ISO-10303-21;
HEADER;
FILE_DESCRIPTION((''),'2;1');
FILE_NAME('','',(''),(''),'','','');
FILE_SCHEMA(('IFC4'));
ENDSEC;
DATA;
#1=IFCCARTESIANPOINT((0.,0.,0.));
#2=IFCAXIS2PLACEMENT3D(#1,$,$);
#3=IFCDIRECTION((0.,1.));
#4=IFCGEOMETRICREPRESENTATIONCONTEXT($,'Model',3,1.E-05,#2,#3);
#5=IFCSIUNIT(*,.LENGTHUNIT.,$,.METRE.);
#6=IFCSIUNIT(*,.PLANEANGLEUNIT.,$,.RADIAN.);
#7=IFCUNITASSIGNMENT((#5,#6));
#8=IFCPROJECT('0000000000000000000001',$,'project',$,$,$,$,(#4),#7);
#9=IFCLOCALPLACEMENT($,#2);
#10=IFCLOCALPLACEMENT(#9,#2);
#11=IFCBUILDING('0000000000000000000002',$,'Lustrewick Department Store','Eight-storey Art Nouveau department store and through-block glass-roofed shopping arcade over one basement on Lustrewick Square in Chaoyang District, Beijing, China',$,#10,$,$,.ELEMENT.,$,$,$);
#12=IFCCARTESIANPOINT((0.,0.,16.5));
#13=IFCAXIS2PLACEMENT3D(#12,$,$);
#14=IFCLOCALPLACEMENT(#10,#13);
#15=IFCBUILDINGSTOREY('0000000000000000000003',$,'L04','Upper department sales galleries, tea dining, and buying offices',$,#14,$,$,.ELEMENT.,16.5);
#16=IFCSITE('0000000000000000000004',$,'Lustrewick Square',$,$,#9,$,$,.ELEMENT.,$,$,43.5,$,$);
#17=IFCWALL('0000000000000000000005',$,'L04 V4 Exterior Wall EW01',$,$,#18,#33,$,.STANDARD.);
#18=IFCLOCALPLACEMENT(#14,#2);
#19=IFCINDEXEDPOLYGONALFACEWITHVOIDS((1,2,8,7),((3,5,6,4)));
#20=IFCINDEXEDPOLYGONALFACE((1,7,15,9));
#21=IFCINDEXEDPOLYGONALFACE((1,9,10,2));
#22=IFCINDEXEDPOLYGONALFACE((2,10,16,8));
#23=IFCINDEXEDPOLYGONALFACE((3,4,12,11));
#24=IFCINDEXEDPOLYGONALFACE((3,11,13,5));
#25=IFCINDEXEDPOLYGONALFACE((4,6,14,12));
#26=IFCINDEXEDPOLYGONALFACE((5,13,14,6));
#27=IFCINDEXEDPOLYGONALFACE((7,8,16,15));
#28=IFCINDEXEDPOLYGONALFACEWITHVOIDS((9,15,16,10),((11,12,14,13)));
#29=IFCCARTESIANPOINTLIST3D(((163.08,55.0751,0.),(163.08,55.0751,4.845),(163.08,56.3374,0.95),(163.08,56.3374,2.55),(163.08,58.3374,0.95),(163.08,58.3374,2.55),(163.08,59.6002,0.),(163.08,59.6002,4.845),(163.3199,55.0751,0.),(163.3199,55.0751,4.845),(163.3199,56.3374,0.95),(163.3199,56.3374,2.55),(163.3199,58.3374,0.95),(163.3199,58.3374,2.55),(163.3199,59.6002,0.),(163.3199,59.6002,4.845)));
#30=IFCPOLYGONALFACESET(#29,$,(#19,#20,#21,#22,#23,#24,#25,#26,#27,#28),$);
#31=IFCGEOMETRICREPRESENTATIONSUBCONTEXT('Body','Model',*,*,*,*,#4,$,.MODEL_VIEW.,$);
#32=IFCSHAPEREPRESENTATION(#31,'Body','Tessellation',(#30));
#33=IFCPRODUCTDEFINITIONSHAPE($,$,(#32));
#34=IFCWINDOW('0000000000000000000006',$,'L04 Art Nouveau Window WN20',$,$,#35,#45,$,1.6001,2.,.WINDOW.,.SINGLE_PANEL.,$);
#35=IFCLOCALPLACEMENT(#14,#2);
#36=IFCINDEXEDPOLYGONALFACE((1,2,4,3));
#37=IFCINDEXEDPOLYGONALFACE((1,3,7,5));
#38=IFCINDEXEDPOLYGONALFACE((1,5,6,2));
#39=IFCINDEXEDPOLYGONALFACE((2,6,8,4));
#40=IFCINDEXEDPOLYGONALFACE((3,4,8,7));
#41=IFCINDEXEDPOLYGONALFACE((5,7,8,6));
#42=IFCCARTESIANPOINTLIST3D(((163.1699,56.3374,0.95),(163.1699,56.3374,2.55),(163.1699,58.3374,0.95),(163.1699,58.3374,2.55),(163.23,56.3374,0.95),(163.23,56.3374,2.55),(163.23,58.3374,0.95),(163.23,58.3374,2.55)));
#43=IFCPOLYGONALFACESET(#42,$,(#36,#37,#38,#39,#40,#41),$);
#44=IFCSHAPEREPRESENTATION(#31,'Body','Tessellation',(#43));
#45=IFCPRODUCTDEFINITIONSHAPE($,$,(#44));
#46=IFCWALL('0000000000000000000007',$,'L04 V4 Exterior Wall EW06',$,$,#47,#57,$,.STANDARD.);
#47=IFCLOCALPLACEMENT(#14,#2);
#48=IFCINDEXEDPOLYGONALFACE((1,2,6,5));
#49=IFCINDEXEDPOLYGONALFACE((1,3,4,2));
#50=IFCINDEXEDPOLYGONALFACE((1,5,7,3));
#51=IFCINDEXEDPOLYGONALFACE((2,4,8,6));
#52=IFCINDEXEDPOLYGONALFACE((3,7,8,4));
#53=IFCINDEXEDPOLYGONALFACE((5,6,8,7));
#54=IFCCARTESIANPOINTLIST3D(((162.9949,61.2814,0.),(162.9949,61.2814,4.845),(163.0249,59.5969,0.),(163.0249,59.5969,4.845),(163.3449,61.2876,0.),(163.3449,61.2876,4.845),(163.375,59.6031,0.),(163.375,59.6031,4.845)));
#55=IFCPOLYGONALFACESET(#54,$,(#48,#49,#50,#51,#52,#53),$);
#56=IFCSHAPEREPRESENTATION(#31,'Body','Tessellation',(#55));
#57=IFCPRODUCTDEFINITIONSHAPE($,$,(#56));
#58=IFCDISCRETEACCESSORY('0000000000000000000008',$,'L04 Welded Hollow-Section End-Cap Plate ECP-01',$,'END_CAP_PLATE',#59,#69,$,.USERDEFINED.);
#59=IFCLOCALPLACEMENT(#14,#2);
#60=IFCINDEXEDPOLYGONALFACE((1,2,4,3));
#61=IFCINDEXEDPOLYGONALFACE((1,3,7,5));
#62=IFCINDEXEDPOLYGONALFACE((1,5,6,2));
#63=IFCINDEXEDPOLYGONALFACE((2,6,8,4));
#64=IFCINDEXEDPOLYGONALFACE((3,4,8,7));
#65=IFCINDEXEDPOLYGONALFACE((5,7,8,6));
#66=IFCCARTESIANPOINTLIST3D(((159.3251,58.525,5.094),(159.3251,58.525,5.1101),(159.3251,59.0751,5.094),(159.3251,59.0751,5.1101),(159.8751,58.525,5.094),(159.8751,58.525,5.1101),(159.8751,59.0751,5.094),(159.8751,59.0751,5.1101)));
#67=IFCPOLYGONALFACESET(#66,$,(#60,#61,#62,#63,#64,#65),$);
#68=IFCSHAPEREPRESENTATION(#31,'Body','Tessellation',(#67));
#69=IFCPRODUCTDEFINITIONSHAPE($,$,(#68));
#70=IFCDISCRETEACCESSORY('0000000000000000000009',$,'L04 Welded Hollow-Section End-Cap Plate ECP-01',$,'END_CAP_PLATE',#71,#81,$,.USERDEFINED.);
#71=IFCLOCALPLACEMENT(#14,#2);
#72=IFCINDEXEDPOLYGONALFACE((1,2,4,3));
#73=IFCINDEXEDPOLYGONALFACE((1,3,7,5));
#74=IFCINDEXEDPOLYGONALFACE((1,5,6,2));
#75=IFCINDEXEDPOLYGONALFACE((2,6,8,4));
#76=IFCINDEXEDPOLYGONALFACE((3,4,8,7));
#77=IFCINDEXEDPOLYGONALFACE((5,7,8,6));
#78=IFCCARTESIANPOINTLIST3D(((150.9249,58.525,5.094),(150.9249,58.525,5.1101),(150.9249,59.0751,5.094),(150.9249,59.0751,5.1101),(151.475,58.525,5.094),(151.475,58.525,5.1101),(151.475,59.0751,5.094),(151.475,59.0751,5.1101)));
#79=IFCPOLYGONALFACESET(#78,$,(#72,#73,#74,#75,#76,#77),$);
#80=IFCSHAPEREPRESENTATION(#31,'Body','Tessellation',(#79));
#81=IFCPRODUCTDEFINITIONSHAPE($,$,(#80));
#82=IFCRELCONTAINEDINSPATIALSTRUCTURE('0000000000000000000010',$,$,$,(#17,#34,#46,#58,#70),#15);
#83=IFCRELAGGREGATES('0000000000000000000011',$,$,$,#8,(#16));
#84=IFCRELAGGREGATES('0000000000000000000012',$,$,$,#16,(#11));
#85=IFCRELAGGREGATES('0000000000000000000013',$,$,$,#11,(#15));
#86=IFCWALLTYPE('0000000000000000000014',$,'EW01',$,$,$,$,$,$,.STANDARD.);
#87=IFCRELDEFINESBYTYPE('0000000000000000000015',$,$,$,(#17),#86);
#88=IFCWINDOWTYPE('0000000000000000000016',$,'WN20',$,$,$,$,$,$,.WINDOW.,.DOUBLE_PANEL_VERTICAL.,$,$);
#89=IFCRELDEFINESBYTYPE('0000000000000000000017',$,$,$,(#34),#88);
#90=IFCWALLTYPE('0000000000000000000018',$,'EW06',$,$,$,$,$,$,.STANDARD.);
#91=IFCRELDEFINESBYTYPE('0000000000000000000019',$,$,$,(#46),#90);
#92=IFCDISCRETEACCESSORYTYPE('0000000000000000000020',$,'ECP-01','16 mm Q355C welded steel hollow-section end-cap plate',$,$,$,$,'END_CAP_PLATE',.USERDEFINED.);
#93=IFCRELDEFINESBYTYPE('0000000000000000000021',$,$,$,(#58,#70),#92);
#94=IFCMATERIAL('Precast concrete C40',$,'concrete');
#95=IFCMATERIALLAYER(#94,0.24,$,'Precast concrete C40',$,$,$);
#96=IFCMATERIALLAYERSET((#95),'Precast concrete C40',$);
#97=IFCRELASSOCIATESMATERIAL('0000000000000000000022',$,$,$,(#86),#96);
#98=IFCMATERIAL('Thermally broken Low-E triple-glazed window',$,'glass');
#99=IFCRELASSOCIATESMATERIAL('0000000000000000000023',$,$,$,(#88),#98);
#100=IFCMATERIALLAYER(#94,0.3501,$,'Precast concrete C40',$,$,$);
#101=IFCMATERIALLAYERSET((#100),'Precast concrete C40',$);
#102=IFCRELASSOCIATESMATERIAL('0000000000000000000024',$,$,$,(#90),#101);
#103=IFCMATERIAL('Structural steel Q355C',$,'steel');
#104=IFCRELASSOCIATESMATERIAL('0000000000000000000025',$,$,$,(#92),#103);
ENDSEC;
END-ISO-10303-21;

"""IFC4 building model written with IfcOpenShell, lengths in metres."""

from ifc_helpers import new_model, si_unit, direction, frame, frame_2d, origin, origin_2d, place, context, subcontext, project, spatial, rectangle, extrude, material, layer, layer_set, type_object, element, fill, save


model = new_model("IFC4")

# Units and contexts
model_context = context("Model", 3, precision=1e-05, world=origin(), true_north=direction((0.0, 1.0)))
body_context = subcontext(model_context, "Body", "Model", "MODEL_VIEW")
ifc_project = project(units=[si_unit("LENGTHUNIT", "METRE"), si_unit("PLANEANGLEUNIT", "RADIAN")], contexts=[model_context])

# Site, building, storey
site_placement = place(None, origin())
site = spatial("IfcSite", under=ifc_project, at=site_placement, Name="Lustrewick Square", CompositionType="ELEMENT", RefElevation=43.5)
building_placement = place(site_placement, origin())
building = spatial("IfcBuilding", under=site, at=building_placement, Name="Lustrewick Department Store", Description="Eight-storey Art Nouveau department store and through-block glass-roofed shopping arcade over one basement on Lustrewick Square in Chaoyang District, Beijing, China", CompositionType="ELEMENT")
storey_placement = place(building_placement, frame((0.0, 0.0, 16.5)))
storey = spatial("IfcBuildingStorey", under=building, at=storey_placement, Name="L04", Description="Upper department sales galleries, tea dining, and buying offices", CompositionType="ELEMENT", Elevation=16.5)

# Shared definitions
ifc_material_1 = material(Name="Structural steel Q355C", Category="steel")

# Wall, opening, window
ifc_material_2 = material(Name="Precast concrete C40", Category="concrete")
ifc_layer_1 = layer(ifc_material_2, 0.24, Name="Precast concrete C40")
ifc_layer_set_1 = layer_set([ifc_layer_1], Name="Precast concrete C40")
wall_type_1 = type_object("IfcWallType", Name="EW01", PredefinedType="STANDARD", material=ifc_layer_set_1)
wall_1_placement = place(storey_placement, frame((163.2, 55.075, 0.0), z_axis=(0.0, 0.0, 1.0), x_axis=(0.0, 1.0, 0.0)))
wall_1 = element("IfcWall", 1, at=wall_1_placement, inside=storey, type_object=wall_type_1, Name="L04 V4 Exterior Wall EW01", PredefinedType="STANDARD", context=body_context, shape_type="SweptSolid", body=[
    extrude(rectangle(XDim=4.5251, YDim=0.24, at=frame_2d((2.2627, 0.0))), origin(), (0.0, 0.0, 1.0), 4.845),
])
opening_placement = place(wall_1_placement, frame((1.2625, 0.0, 0.95)))
opening = element("IfcOpeningElement", 2, at=opening_placement, cuts=wall_1, PredefinedType="OPENING", context=body_context, shape_type="SweptSolid", body=[
    extrude(rectangle(XDim=2.0, YDim=1.6001, at=frame_2d((1.0, 0.8))), frame((0.0, 0.1299, 0.0), z_axis=(0.0, -1.0, 0.0), x_axis=(1.0, 0.0, 0.0)), (0.0, 0.0, 1.0), 0.26),
])
ifc_material_3 = material(Name="Thermally broken Low-E triple-glazed window", Category="glass")
window_type = type_object("IfcWindowType", Name="WN20", PartitioningType="DOUBLE_PANEL_VERTICAL", PredefinedType="WINDOW", material=ifc_material_3)
window_placement = place(opening_placement, origin())
window = element("IfcWindow", 3, at=window_placement, inside=storey, type_object=window_type, Name="L04 Art Nouveau Window WN20", OverallHeight=1.6001, OverallWidth=2.0, PartitioningType="SINGLE_PANEL", PredefinedType="WINDOW", context=body_context, shape_type="SweptSolid", body=[
    extrude(rectangle(XDim=2.0, YDim=1.6001, at=frame_2d((1.0, 0.8))), frame((0.0, 0.03, 0.0), z_axis=(0.0, -1.0, 0.0), x_axis=(1.0, 0.0, 0.0)), (0.0, 0.0, 1.0), 0.0601),
])
fill(opening, window)

# Wall
ifc_layer_2 = layer(ifc_material_2, 0.3501, Name="Precast concrete C40")
ifc_layer_set_2 = layer_set([ifc_layer_2], Name="Precast concrete C40")
wall_type_2 = type_object("IfcWallType", Name="EW06", PredefinedType="STANDARD", material=ifc_layer_set_2)
wall_2_placement = place(storey_placement, frame((163.2, 59.6001, 0.0), z_axis=(0.0, 0.0, 1.0), x_axis=(-0.017823, 0.999841, 0.0)))
element("IfcWall", 4, at=wall_2_placement, inside=storey, type_object=wall_type_2, Name="L04 V4 Exterior Wall EW06", PredefinedType="STANDARD", context=body_context, shape_type="SweptSolid", body=[
    extrude(rectangle(XDim=1.6848, YDim=0.3501, at=frame_2d((0.8423, 0.0))), origin(), (0.0, 0.0, 1.0), 4.845),
])

# Discrete accessories
discrete_accessory_type = type_object("IfcDiscreteAccessoryType", Name="ECP-01", Description="16 mm Q355C welded steel hollow-section end-cap plate", ElementType="END_CAP_PLATE", PredefinedType="USERDEFINED", material=ifc_material_1)
for number, where, z_axis, x_axis, name in (
    (5, (159.6001, 58.8, 5.094), (0.0, 0.0, 1.0), (1.0, 0.0, 0.0), "L04 Welded Hollow-Section End-Cap Plate ECP-01"),
    (6, (151.2, 58.8, 5.094), (0.0, 0.0, 1.0), (1.0, 0.0, 0.0), "L04 Welded Hollow-Section End-Cap Plate ECP-01"),
):
    element("IfcDiscreteAccessory", number, at=place(storey_placement, frame(where, z_axis=z_axis, x_axis=x_axis)), inside=storey, type_object=discrete_accessory_type, Name=name, ObjectType="END_CAP_PLATE", PredefinedType="USERDEFINED", context=body_context, shape_type="SweptSolid", body=[
        extrude(rectangle(XDim=0.55, YDim=0.55, at=origin_2d()), origin(), (0.0, 0.0, 1.0), 0.0161),
    ])

save(model, "model.ifc")
